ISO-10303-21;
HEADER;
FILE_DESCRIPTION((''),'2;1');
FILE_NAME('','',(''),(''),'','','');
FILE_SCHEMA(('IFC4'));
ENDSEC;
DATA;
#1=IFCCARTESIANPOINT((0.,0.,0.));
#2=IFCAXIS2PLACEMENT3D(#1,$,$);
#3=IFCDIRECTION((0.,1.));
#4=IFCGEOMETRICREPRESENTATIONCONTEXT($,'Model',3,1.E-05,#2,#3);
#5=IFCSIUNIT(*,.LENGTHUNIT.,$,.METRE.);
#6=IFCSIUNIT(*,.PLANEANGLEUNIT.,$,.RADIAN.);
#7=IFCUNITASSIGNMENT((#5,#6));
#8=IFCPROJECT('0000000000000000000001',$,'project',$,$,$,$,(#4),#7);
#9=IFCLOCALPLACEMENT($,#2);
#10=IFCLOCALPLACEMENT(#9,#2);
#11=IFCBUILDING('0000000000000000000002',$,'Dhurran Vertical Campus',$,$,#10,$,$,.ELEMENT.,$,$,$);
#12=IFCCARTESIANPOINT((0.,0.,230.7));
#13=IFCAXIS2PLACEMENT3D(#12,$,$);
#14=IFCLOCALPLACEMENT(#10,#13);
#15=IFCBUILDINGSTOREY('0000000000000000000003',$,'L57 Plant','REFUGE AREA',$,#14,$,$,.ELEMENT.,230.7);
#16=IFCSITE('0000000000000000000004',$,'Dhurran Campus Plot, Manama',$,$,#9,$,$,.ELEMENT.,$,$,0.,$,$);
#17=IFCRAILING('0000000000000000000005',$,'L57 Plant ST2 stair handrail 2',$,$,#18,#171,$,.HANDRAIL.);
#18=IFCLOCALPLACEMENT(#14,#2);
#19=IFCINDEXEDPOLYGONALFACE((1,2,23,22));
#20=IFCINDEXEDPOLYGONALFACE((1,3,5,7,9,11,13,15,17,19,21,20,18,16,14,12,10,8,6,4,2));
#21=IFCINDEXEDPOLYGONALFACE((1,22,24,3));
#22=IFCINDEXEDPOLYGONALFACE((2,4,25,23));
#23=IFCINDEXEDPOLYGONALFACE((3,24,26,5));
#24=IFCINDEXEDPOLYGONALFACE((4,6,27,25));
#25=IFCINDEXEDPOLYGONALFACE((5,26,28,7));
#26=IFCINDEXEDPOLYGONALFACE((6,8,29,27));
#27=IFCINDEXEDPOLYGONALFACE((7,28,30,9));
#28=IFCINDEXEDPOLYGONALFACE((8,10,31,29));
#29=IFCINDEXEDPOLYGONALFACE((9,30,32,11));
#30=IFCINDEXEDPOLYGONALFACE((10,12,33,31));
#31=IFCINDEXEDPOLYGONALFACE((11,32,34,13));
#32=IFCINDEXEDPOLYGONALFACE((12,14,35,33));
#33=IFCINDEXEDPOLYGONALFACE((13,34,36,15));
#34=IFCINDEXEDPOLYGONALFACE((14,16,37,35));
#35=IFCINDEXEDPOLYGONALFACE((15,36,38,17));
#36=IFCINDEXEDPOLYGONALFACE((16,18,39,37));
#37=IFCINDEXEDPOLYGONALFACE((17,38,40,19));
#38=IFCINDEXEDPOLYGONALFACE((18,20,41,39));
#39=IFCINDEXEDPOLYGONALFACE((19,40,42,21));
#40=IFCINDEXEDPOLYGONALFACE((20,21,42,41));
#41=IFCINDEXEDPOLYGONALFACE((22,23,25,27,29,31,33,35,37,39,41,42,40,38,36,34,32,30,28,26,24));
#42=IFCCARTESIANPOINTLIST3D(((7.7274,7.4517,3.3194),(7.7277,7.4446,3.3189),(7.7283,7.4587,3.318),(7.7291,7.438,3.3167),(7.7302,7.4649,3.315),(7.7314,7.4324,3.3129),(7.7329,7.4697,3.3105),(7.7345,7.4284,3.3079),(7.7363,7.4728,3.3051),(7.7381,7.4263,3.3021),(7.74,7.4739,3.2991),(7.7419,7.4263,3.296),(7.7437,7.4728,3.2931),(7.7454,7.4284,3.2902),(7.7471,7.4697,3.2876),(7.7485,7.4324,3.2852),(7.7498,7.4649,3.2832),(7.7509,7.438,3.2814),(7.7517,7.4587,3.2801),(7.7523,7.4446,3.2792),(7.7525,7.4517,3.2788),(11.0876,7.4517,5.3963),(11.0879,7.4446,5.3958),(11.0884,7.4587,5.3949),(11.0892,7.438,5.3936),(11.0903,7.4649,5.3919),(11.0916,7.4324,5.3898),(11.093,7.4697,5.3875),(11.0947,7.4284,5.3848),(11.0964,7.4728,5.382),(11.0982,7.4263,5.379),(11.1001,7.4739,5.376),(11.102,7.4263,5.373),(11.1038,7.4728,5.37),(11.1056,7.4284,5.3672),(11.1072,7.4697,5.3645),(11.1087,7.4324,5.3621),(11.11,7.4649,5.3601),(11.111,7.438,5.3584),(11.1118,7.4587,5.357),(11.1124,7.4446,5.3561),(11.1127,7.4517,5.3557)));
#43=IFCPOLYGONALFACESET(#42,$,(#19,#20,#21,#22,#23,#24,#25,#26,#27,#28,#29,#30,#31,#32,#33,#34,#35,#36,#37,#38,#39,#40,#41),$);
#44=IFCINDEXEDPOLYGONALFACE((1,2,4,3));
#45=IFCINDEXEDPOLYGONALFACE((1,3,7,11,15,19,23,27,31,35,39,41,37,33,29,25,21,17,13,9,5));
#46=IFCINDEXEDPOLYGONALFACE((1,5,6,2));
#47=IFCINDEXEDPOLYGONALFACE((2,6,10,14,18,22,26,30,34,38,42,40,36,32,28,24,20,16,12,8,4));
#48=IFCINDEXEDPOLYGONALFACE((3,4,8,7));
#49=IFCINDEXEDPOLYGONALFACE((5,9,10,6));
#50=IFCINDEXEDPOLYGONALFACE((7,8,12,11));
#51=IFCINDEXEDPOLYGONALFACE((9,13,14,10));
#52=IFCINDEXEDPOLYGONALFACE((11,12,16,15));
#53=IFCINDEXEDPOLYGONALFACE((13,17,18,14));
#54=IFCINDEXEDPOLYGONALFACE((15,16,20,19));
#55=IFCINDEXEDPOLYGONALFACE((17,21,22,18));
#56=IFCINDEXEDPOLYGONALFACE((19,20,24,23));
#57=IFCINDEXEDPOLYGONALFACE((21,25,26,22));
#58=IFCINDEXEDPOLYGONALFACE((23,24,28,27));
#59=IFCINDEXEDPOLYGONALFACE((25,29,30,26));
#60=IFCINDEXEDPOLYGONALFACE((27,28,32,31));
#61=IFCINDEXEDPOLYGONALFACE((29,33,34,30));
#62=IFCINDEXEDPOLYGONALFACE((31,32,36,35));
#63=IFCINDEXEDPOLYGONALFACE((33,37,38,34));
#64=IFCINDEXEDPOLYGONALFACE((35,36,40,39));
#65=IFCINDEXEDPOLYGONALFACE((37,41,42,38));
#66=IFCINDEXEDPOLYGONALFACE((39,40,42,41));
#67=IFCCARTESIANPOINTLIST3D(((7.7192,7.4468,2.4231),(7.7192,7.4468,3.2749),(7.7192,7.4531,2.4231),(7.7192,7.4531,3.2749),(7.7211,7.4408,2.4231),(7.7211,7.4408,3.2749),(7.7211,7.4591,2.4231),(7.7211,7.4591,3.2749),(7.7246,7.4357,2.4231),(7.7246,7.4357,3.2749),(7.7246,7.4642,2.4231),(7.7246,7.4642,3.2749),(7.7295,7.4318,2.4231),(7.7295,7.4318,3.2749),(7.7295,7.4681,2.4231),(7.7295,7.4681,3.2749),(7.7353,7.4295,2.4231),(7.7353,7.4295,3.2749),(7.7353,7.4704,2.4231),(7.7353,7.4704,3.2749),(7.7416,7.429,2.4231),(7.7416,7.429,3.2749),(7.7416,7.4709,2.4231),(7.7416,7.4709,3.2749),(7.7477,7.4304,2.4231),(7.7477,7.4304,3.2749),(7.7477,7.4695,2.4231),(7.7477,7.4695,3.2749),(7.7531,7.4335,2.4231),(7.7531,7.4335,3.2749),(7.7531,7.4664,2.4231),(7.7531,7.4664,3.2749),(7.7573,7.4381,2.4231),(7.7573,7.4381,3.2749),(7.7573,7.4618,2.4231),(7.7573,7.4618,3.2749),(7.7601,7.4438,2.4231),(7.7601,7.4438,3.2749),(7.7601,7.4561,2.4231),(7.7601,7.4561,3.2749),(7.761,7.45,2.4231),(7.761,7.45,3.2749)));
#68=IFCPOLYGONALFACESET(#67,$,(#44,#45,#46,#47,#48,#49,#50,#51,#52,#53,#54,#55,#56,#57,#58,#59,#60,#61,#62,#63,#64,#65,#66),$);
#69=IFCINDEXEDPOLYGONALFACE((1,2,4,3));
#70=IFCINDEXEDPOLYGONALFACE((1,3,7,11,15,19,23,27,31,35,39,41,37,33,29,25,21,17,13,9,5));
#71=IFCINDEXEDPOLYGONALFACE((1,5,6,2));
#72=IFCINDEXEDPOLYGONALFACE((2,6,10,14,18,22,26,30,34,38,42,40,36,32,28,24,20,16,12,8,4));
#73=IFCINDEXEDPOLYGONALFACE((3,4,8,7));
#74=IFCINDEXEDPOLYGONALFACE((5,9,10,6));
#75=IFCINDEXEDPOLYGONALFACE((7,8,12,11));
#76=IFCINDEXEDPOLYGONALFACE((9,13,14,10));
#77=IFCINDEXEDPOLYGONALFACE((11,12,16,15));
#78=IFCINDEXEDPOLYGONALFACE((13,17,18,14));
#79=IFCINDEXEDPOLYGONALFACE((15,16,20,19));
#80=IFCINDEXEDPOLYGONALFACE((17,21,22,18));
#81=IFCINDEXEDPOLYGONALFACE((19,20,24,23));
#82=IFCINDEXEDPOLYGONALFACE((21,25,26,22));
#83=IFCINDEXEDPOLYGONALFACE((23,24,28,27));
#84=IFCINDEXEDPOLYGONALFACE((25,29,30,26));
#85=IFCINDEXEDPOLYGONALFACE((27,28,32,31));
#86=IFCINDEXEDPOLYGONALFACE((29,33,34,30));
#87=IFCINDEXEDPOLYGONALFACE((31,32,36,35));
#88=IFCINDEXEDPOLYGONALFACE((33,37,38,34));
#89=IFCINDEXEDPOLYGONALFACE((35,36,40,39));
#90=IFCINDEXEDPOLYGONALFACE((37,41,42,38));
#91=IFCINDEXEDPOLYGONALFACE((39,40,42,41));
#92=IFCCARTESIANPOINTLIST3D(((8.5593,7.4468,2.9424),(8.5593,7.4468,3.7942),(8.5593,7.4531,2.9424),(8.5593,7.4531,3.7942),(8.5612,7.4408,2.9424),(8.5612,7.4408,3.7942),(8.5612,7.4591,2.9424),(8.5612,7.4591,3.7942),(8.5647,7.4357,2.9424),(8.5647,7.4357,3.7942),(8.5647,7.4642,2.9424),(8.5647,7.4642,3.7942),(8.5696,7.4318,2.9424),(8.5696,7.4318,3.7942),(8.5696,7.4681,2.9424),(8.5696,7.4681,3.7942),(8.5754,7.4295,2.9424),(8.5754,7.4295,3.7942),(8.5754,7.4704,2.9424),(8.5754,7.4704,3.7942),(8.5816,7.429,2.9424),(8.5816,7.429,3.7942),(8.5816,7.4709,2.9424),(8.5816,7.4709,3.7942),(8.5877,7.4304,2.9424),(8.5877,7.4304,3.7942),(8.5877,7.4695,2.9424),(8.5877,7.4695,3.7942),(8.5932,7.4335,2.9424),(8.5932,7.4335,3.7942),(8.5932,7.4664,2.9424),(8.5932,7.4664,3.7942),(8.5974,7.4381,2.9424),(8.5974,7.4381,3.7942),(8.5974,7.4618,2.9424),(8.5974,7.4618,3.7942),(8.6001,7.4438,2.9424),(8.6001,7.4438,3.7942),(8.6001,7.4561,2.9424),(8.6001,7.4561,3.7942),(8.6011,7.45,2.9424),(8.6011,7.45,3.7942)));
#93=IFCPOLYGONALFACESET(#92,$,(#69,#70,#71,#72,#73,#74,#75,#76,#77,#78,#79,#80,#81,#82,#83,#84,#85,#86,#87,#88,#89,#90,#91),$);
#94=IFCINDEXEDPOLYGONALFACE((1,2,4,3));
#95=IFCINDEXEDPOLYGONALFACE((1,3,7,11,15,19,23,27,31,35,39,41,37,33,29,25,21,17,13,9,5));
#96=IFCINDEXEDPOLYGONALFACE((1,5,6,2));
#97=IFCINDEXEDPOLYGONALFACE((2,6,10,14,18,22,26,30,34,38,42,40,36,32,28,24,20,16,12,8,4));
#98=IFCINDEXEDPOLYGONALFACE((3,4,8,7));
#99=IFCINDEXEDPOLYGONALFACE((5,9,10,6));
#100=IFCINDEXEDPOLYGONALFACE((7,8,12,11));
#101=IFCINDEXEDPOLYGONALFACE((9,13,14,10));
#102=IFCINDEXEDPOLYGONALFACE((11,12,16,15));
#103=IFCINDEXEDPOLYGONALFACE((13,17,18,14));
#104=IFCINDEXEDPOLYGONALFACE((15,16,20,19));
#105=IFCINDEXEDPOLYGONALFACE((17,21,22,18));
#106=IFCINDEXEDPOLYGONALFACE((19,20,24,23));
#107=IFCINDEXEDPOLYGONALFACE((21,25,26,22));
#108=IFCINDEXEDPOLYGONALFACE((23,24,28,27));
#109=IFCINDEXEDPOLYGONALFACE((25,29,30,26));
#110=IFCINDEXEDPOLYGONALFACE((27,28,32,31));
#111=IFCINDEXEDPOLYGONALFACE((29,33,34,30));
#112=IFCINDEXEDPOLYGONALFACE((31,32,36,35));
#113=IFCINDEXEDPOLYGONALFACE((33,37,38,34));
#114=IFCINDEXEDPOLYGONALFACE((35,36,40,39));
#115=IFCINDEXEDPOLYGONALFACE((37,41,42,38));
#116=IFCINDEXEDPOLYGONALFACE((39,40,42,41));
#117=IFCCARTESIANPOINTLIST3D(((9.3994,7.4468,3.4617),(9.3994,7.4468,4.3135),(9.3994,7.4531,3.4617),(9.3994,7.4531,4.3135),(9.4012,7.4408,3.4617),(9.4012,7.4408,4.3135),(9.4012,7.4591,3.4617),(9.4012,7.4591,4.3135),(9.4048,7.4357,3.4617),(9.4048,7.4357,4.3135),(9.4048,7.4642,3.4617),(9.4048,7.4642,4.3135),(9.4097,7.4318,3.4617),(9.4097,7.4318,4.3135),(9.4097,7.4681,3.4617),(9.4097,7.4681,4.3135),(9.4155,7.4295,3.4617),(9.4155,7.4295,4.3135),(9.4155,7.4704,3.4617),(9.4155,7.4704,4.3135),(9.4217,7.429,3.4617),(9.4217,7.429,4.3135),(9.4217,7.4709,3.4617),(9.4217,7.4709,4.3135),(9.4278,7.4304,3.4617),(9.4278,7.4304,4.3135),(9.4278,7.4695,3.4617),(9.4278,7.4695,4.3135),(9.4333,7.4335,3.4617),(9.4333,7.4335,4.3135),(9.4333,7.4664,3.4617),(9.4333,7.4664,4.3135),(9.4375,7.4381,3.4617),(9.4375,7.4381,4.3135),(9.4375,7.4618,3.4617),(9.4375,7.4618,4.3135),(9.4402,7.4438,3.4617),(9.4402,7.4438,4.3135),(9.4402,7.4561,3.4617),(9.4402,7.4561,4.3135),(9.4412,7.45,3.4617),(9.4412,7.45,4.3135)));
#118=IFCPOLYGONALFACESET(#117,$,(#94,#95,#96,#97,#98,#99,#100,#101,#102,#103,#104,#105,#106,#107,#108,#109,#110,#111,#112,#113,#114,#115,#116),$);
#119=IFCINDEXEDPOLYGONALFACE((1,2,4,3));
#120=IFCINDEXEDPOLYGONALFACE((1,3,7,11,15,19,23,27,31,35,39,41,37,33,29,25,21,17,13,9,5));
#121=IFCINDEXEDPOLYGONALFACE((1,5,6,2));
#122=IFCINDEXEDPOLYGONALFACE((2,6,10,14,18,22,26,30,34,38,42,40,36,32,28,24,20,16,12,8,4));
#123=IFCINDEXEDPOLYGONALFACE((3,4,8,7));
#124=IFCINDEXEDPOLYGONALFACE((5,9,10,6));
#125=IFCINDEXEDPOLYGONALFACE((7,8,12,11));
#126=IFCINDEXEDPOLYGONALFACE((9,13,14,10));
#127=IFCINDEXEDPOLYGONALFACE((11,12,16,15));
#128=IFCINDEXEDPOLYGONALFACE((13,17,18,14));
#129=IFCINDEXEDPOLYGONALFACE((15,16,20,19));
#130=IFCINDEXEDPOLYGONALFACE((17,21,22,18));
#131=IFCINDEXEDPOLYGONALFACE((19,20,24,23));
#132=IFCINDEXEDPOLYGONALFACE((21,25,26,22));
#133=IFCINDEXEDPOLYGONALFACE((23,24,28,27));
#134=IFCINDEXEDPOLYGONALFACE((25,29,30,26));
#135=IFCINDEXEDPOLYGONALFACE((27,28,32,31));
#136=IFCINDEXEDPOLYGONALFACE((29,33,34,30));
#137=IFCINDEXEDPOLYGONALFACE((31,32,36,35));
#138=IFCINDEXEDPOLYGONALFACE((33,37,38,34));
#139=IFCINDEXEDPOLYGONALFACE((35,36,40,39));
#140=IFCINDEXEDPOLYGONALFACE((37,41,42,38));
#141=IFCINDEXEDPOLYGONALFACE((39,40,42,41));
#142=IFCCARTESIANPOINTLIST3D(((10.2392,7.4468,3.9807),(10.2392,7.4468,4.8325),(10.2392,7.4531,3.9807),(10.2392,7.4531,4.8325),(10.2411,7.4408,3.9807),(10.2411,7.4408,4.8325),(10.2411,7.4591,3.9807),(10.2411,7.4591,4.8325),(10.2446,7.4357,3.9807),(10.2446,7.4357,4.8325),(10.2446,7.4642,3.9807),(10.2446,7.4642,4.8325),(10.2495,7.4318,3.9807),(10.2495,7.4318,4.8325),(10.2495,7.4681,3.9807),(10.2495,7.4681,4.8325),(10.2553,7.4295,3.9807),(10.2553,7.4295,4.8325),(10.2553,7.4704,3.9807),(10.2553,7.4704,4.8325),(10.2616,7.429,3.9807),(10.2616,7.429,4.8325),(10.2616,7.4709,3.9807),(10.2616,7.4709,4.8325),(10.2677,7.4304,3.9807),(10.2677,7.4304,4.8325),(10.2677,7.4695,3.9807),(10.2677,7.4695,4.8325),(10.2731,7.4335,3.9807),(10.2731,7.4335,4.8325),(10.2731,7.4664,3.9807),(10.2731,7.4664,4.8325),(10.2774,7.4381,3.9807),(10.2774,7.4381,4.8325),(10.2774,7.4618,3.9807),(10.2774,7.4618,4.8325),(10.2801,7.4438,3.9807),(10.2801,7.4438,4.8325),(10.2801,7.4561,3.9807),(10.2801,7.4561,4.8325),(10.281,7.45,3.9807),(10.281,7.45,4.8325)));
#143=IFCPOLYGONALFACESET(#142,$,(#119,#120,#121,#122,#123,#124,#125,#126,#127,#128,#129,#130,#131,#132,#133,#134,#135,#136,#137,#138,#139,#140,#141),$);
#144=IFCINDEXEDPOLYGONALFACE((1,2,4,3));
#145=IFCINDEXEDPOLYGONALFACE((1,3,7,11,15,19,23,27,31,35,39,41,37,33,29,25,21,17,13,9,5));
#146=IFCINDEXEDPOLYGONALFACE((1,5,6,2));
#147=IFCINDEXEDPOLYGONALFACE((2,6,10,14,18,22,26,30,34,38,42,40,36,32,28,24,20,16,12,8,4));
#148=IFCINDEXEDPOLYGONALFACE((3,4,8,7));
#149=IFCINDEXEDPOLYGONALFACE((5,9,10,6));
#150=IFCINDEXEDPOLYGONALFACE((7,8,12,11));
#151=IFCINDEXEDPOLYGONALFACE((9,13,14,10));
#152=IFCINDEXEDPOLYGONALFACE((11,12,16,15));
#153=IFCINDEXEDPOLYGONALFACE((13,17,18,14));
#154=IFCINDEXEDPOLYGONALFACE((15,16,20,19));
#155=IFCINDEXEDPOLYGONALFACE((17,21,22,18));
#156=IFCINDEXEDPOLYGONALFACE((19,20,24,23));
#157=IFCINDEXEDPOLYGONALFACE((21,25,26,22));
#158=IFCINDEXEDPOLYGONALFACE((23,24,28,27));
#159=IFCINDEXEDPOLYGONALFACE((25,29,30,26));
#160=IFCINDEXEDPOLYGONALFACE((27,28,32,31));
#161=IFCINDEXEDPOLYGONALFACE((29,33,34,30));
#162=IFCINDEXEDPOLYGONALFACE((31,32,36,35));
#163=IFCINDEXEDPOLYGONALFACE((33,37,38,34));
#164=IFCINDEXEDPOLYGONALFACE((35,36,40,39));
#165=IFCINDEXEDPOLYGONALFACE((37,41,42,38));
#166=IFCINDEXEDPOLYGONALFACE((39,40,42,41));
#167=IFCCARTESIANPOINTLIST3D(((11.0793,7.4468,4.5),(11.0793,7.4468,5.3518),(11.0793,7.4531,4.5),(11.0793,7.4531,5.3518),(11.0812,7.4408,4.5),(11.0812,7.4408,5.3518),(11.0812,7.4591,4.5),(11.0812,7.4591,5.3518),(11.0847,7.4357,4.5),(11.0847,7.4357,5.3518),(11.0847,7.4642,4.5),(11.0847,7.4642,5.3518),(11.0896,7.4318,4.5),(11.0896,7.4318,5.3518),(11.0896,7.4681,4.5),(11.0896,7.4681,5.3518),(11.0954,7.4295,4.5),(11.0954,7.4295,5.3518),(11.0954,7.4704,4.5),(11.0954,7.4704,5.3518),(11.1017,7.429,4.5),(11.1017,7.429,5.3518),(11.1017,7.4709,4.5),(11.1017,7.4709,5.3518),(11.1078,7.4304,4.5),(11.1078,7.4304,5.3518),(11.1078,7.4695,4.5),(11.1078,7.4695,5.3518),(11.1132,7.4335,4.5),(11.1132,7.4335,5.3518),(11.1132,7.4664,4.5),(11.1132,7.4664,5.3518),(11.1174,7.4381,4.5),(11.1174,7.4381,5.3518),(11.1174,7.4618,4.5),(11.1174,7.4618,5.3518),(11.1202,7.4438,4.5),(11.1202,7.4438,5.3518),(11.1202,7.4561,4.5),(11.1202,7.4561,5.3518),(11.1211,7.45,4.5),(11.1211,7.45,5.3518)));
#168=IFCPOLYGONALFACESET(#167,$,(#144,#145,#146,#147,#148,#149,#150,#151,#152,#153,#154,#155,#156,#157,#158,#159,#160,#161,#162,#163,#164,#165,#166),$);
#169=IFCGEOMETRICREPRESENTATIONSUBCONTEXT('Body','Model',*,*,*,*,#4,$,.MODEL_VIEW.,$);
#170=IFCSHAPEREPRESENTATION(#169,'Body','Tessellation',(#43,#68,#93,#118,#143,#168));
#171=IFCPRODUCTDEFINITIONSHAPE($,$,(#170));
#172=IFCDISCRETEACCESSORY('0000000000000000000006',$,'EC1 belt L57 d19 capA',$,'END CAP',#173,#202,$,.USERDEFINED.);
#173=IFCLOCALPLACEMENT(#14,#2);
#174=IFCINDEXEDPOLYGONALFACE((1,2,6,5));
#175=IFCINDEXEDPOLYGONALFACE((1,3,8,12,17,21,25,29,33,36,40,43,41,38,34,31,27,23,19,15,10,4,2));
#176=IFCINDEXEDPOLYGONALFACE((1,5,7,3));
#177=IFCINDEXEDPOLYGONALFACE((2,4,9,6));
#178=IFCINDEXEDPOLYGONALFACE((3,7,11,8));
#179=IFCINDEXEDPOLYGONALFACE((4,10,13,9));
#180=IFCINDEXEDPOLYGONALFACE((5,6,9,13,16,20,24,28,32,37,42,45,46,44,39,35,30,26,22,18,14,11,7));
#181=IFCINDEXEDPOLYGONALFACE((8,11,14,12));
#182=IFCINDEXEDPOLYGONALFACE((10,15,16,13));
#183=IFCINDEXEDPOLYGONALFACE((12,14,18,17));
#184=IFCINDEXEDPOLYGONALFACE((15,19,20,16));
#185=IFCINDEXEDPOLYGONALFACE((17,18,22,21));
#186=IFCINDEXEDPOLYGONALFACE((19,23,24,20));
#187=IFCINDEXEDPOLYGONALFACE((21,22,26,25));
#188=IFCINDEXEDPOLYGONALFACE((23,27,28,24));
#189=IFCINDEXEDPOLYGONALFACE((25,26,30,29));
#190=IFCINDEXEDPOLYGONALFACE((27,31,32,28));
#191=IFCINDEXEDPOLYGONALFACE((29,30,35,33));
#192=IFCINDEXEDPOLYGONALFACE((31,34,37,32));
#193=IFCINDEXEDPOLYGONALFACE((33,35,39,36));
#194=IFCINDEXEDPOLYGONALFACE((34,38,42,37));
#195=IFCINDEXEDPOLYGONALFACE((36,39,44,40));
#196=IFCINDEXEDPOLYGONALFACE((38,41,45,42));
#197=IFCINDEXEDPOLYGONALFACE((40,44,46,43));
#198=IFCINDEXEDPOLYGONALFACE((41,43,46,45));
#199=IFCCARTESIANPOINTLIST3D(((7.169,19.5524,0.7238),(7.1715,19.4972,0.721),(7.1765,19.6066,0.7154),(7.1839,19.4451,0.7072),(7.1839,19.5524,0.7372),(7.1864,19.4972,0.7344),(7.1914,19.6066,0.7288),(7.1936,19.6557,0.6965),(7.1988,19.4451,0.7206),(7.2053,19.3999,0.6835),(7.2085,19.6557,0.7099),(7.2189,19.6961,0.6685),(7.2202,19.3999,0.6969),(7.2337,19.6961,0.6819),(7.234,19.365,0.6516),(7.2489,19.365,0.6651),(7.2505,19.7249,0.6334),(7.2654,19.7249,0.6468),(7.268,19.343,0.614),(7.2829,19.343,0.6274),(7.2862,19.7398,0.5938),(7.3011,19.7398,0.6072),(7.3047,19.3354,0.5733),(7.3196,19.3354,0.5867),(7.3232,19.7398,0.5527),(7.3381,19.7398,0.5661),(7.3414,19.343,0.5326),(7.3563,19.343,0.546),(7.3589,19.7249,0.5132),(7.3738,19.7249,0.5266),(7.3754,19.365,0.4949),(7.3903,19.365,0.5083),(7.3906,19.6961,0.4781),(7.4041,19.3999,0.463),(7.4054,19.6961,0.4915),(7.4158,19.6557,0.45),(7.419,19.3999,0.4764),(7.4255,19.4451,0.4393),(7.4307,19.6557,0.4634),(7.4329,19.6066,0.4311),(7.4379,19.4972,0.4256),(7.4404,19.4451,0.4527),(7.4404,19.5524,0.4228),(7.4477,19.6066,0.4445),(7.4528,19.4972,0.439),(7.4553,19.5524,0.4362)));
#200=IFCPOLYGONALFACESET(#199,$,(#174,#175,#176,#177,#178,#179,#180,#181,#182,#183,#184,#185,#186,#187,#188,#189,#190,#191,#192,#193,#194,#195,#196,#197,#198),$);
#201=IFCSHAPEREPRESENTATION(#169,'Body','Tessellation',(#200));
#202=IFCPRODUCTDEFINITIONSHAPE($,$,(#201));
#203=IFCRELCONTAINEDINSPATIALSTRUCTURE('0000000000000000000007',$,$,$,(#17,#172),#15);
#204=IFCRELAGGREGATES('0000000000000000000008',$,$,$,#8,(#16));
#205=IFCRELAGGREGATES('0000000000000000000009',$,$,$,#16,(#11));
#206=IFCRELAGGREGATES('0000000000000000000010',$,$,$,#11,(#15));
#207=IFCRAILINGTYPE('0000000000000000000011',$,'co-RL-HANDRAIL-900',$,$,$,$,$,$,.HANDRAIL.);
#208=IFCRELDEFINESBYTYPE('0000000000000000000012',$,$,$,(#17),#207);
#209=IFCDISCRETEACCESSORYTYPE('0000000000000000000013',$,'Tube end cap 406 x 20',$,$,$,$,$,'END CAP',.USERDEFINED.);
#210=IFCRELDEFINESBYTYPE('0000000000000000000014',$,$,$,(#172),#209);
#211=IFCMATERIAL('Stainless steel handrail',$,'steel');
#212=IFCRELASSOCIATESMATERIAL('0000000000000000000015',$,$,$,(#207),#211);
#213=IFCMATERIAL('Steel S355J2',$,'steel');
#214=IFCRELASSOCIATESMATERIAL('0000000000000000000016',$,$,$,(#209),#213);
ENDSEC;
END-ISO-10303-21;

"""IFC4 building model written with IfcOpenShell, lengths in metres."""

from ifc_helpers import new_model, si_unit, direction, frame, origin, origin_2d, place, context, subcontext, project, spatial, circle, extrude, material, material_profile, profile_set, type_object, element, save


model = new_model("IFC4")

# Units and contexts
model_context = context("Model", 3, precision=1e-05, world=origin(), true_north=direction((0.0, 1.0)))
body_context = subcontext(model_context, "Body", "Model", "MODEL_VIEW")
ifc_project = project(units=[si_unit("LENGTHUNIT", "METRE"), si_unit("PLANEANGLEUNIT", "RADIAN")], contexts=[model_context])

# Site, building, storey
site_placement = place(None, origin())
site = spatial("IfcSite", under=ifc_project, at=site_placement, Name="Dhurran Campus Plot, Manama", CompositionType="ELEMENT", RefElevation=0.0)
building_placement = place(site_placement, origin())
building = spatial("IfcBuilding", under=site, at=building_placement, Name="Dhurran Vertical Campus", CompositionType="ELEMENT")
storey_placement = place(building_placement, frame((0.0, 0.0, 230.7)))
storey = spatial("IfcBuildingStorey", under=building, at=storey_placement, Name="L57 Plant", Description="REFUGE AREA", CompositionType="ELEMENT", Elevation=230.7)

# Railing
ifc_material_1 = material(Name="Stainless steel handrail", Category="steel")
railing_type_1 = type_object("IfcRailingType", Name="co-RL-HANDRAIL-900", PredefinedType="HANDRAIL", material=ifc_material_1)
railing_1_placement = place(storey_placement, frame((7.74, 7.45, 2.4231)))
element("IfcRailing", 1, at=railing_1_placement, inside=storey, type_object=railing_type_1, Name="L57 Plant ST2 stair handrail 2", PredefinedType="HANDRAIL", context=body_context, shape_type="SweptSolid", body=[
    extrude(circle(Radius=0.0239, at=origin_2d()), frame((0.0, 0.0, 0.876), z_axis=(0.850623, 0.0, 0.525776), x_axis=(0.0, 1.0, 0.0)), (0.0, 0.0, 1.0), 3.9502),
    extrude(circle(Radius=0.021, at=origin_2d()), origin(), (0.0, 0.0, 1.0), 0.8518),
    extrude(circle(Radius=0.021, at=origin_2d()), frame((0.8401, 0.0, 0.5193)), (0.0, 0.0, 1.0), 0.8518),
    extrude(circle(Radius=0.021, at=origin_2d()), frame((1.6802, 0.0, 1.0386)), (0.0, 0.0, 1.0), 0.8518),
    extrude(circle(Radius=0.021, at=origin_2d()), frame((2.52, 0.0, 1.5576)), (0.0, 0.0, 1.0), 0.8518),
    extrude(circle(Radius=0.021, at=origin_2d()), frame((3.3601, 0.0, 2.0769)), (0.0, 0.0, 1.0), 0.8518),
])

# Discrete accessory
ifc_material_2 = material(Name="Steel S355J2", Category="steel")
ifc_material_profile_1 = material_profile(ifc_material_2, circle(Radius=0.2031, at=origin_2d()), Name="Tube end cap 406 x 20")
ifc_profile_set_1 = profile_set([ifc_material_profile_1], Name="Steel S355J2")
discrete_accessory_type_1 = type_object("IfcDiscreteAccessoryType", Name="Tube end cap 406 x 20", ElementType="END CAP", PredefinedType="USERDEFINED", material=ifc_profile_set_1)
for number, where, z_axis, x_axis, name in (
    (2, (7.3196, 19.5386, 0.5867), (-0.742688, 0.0, -0.669637), (0.0, -1.0, 0.0), "EC1 belt L57 d19 capA"),
):
    element("IfcDiscreteAccessory", number, at=place(storey_placement, frame(where, z_axis=z_axis, x_axis=x_axis)), inside=storey, type_object=discrete_accessory_type_1, Name=name, ObjectType="END CAP", PredefinedType="USERDEFINED", context=body_context, shape_type="SweptSolid", body=[
        extrude(circle(Radius=0.2031, at=origin_2d()), origin(), (0.0, 0.0, 1.0), 0.02),
    ])

save(model, "model.ifc")
